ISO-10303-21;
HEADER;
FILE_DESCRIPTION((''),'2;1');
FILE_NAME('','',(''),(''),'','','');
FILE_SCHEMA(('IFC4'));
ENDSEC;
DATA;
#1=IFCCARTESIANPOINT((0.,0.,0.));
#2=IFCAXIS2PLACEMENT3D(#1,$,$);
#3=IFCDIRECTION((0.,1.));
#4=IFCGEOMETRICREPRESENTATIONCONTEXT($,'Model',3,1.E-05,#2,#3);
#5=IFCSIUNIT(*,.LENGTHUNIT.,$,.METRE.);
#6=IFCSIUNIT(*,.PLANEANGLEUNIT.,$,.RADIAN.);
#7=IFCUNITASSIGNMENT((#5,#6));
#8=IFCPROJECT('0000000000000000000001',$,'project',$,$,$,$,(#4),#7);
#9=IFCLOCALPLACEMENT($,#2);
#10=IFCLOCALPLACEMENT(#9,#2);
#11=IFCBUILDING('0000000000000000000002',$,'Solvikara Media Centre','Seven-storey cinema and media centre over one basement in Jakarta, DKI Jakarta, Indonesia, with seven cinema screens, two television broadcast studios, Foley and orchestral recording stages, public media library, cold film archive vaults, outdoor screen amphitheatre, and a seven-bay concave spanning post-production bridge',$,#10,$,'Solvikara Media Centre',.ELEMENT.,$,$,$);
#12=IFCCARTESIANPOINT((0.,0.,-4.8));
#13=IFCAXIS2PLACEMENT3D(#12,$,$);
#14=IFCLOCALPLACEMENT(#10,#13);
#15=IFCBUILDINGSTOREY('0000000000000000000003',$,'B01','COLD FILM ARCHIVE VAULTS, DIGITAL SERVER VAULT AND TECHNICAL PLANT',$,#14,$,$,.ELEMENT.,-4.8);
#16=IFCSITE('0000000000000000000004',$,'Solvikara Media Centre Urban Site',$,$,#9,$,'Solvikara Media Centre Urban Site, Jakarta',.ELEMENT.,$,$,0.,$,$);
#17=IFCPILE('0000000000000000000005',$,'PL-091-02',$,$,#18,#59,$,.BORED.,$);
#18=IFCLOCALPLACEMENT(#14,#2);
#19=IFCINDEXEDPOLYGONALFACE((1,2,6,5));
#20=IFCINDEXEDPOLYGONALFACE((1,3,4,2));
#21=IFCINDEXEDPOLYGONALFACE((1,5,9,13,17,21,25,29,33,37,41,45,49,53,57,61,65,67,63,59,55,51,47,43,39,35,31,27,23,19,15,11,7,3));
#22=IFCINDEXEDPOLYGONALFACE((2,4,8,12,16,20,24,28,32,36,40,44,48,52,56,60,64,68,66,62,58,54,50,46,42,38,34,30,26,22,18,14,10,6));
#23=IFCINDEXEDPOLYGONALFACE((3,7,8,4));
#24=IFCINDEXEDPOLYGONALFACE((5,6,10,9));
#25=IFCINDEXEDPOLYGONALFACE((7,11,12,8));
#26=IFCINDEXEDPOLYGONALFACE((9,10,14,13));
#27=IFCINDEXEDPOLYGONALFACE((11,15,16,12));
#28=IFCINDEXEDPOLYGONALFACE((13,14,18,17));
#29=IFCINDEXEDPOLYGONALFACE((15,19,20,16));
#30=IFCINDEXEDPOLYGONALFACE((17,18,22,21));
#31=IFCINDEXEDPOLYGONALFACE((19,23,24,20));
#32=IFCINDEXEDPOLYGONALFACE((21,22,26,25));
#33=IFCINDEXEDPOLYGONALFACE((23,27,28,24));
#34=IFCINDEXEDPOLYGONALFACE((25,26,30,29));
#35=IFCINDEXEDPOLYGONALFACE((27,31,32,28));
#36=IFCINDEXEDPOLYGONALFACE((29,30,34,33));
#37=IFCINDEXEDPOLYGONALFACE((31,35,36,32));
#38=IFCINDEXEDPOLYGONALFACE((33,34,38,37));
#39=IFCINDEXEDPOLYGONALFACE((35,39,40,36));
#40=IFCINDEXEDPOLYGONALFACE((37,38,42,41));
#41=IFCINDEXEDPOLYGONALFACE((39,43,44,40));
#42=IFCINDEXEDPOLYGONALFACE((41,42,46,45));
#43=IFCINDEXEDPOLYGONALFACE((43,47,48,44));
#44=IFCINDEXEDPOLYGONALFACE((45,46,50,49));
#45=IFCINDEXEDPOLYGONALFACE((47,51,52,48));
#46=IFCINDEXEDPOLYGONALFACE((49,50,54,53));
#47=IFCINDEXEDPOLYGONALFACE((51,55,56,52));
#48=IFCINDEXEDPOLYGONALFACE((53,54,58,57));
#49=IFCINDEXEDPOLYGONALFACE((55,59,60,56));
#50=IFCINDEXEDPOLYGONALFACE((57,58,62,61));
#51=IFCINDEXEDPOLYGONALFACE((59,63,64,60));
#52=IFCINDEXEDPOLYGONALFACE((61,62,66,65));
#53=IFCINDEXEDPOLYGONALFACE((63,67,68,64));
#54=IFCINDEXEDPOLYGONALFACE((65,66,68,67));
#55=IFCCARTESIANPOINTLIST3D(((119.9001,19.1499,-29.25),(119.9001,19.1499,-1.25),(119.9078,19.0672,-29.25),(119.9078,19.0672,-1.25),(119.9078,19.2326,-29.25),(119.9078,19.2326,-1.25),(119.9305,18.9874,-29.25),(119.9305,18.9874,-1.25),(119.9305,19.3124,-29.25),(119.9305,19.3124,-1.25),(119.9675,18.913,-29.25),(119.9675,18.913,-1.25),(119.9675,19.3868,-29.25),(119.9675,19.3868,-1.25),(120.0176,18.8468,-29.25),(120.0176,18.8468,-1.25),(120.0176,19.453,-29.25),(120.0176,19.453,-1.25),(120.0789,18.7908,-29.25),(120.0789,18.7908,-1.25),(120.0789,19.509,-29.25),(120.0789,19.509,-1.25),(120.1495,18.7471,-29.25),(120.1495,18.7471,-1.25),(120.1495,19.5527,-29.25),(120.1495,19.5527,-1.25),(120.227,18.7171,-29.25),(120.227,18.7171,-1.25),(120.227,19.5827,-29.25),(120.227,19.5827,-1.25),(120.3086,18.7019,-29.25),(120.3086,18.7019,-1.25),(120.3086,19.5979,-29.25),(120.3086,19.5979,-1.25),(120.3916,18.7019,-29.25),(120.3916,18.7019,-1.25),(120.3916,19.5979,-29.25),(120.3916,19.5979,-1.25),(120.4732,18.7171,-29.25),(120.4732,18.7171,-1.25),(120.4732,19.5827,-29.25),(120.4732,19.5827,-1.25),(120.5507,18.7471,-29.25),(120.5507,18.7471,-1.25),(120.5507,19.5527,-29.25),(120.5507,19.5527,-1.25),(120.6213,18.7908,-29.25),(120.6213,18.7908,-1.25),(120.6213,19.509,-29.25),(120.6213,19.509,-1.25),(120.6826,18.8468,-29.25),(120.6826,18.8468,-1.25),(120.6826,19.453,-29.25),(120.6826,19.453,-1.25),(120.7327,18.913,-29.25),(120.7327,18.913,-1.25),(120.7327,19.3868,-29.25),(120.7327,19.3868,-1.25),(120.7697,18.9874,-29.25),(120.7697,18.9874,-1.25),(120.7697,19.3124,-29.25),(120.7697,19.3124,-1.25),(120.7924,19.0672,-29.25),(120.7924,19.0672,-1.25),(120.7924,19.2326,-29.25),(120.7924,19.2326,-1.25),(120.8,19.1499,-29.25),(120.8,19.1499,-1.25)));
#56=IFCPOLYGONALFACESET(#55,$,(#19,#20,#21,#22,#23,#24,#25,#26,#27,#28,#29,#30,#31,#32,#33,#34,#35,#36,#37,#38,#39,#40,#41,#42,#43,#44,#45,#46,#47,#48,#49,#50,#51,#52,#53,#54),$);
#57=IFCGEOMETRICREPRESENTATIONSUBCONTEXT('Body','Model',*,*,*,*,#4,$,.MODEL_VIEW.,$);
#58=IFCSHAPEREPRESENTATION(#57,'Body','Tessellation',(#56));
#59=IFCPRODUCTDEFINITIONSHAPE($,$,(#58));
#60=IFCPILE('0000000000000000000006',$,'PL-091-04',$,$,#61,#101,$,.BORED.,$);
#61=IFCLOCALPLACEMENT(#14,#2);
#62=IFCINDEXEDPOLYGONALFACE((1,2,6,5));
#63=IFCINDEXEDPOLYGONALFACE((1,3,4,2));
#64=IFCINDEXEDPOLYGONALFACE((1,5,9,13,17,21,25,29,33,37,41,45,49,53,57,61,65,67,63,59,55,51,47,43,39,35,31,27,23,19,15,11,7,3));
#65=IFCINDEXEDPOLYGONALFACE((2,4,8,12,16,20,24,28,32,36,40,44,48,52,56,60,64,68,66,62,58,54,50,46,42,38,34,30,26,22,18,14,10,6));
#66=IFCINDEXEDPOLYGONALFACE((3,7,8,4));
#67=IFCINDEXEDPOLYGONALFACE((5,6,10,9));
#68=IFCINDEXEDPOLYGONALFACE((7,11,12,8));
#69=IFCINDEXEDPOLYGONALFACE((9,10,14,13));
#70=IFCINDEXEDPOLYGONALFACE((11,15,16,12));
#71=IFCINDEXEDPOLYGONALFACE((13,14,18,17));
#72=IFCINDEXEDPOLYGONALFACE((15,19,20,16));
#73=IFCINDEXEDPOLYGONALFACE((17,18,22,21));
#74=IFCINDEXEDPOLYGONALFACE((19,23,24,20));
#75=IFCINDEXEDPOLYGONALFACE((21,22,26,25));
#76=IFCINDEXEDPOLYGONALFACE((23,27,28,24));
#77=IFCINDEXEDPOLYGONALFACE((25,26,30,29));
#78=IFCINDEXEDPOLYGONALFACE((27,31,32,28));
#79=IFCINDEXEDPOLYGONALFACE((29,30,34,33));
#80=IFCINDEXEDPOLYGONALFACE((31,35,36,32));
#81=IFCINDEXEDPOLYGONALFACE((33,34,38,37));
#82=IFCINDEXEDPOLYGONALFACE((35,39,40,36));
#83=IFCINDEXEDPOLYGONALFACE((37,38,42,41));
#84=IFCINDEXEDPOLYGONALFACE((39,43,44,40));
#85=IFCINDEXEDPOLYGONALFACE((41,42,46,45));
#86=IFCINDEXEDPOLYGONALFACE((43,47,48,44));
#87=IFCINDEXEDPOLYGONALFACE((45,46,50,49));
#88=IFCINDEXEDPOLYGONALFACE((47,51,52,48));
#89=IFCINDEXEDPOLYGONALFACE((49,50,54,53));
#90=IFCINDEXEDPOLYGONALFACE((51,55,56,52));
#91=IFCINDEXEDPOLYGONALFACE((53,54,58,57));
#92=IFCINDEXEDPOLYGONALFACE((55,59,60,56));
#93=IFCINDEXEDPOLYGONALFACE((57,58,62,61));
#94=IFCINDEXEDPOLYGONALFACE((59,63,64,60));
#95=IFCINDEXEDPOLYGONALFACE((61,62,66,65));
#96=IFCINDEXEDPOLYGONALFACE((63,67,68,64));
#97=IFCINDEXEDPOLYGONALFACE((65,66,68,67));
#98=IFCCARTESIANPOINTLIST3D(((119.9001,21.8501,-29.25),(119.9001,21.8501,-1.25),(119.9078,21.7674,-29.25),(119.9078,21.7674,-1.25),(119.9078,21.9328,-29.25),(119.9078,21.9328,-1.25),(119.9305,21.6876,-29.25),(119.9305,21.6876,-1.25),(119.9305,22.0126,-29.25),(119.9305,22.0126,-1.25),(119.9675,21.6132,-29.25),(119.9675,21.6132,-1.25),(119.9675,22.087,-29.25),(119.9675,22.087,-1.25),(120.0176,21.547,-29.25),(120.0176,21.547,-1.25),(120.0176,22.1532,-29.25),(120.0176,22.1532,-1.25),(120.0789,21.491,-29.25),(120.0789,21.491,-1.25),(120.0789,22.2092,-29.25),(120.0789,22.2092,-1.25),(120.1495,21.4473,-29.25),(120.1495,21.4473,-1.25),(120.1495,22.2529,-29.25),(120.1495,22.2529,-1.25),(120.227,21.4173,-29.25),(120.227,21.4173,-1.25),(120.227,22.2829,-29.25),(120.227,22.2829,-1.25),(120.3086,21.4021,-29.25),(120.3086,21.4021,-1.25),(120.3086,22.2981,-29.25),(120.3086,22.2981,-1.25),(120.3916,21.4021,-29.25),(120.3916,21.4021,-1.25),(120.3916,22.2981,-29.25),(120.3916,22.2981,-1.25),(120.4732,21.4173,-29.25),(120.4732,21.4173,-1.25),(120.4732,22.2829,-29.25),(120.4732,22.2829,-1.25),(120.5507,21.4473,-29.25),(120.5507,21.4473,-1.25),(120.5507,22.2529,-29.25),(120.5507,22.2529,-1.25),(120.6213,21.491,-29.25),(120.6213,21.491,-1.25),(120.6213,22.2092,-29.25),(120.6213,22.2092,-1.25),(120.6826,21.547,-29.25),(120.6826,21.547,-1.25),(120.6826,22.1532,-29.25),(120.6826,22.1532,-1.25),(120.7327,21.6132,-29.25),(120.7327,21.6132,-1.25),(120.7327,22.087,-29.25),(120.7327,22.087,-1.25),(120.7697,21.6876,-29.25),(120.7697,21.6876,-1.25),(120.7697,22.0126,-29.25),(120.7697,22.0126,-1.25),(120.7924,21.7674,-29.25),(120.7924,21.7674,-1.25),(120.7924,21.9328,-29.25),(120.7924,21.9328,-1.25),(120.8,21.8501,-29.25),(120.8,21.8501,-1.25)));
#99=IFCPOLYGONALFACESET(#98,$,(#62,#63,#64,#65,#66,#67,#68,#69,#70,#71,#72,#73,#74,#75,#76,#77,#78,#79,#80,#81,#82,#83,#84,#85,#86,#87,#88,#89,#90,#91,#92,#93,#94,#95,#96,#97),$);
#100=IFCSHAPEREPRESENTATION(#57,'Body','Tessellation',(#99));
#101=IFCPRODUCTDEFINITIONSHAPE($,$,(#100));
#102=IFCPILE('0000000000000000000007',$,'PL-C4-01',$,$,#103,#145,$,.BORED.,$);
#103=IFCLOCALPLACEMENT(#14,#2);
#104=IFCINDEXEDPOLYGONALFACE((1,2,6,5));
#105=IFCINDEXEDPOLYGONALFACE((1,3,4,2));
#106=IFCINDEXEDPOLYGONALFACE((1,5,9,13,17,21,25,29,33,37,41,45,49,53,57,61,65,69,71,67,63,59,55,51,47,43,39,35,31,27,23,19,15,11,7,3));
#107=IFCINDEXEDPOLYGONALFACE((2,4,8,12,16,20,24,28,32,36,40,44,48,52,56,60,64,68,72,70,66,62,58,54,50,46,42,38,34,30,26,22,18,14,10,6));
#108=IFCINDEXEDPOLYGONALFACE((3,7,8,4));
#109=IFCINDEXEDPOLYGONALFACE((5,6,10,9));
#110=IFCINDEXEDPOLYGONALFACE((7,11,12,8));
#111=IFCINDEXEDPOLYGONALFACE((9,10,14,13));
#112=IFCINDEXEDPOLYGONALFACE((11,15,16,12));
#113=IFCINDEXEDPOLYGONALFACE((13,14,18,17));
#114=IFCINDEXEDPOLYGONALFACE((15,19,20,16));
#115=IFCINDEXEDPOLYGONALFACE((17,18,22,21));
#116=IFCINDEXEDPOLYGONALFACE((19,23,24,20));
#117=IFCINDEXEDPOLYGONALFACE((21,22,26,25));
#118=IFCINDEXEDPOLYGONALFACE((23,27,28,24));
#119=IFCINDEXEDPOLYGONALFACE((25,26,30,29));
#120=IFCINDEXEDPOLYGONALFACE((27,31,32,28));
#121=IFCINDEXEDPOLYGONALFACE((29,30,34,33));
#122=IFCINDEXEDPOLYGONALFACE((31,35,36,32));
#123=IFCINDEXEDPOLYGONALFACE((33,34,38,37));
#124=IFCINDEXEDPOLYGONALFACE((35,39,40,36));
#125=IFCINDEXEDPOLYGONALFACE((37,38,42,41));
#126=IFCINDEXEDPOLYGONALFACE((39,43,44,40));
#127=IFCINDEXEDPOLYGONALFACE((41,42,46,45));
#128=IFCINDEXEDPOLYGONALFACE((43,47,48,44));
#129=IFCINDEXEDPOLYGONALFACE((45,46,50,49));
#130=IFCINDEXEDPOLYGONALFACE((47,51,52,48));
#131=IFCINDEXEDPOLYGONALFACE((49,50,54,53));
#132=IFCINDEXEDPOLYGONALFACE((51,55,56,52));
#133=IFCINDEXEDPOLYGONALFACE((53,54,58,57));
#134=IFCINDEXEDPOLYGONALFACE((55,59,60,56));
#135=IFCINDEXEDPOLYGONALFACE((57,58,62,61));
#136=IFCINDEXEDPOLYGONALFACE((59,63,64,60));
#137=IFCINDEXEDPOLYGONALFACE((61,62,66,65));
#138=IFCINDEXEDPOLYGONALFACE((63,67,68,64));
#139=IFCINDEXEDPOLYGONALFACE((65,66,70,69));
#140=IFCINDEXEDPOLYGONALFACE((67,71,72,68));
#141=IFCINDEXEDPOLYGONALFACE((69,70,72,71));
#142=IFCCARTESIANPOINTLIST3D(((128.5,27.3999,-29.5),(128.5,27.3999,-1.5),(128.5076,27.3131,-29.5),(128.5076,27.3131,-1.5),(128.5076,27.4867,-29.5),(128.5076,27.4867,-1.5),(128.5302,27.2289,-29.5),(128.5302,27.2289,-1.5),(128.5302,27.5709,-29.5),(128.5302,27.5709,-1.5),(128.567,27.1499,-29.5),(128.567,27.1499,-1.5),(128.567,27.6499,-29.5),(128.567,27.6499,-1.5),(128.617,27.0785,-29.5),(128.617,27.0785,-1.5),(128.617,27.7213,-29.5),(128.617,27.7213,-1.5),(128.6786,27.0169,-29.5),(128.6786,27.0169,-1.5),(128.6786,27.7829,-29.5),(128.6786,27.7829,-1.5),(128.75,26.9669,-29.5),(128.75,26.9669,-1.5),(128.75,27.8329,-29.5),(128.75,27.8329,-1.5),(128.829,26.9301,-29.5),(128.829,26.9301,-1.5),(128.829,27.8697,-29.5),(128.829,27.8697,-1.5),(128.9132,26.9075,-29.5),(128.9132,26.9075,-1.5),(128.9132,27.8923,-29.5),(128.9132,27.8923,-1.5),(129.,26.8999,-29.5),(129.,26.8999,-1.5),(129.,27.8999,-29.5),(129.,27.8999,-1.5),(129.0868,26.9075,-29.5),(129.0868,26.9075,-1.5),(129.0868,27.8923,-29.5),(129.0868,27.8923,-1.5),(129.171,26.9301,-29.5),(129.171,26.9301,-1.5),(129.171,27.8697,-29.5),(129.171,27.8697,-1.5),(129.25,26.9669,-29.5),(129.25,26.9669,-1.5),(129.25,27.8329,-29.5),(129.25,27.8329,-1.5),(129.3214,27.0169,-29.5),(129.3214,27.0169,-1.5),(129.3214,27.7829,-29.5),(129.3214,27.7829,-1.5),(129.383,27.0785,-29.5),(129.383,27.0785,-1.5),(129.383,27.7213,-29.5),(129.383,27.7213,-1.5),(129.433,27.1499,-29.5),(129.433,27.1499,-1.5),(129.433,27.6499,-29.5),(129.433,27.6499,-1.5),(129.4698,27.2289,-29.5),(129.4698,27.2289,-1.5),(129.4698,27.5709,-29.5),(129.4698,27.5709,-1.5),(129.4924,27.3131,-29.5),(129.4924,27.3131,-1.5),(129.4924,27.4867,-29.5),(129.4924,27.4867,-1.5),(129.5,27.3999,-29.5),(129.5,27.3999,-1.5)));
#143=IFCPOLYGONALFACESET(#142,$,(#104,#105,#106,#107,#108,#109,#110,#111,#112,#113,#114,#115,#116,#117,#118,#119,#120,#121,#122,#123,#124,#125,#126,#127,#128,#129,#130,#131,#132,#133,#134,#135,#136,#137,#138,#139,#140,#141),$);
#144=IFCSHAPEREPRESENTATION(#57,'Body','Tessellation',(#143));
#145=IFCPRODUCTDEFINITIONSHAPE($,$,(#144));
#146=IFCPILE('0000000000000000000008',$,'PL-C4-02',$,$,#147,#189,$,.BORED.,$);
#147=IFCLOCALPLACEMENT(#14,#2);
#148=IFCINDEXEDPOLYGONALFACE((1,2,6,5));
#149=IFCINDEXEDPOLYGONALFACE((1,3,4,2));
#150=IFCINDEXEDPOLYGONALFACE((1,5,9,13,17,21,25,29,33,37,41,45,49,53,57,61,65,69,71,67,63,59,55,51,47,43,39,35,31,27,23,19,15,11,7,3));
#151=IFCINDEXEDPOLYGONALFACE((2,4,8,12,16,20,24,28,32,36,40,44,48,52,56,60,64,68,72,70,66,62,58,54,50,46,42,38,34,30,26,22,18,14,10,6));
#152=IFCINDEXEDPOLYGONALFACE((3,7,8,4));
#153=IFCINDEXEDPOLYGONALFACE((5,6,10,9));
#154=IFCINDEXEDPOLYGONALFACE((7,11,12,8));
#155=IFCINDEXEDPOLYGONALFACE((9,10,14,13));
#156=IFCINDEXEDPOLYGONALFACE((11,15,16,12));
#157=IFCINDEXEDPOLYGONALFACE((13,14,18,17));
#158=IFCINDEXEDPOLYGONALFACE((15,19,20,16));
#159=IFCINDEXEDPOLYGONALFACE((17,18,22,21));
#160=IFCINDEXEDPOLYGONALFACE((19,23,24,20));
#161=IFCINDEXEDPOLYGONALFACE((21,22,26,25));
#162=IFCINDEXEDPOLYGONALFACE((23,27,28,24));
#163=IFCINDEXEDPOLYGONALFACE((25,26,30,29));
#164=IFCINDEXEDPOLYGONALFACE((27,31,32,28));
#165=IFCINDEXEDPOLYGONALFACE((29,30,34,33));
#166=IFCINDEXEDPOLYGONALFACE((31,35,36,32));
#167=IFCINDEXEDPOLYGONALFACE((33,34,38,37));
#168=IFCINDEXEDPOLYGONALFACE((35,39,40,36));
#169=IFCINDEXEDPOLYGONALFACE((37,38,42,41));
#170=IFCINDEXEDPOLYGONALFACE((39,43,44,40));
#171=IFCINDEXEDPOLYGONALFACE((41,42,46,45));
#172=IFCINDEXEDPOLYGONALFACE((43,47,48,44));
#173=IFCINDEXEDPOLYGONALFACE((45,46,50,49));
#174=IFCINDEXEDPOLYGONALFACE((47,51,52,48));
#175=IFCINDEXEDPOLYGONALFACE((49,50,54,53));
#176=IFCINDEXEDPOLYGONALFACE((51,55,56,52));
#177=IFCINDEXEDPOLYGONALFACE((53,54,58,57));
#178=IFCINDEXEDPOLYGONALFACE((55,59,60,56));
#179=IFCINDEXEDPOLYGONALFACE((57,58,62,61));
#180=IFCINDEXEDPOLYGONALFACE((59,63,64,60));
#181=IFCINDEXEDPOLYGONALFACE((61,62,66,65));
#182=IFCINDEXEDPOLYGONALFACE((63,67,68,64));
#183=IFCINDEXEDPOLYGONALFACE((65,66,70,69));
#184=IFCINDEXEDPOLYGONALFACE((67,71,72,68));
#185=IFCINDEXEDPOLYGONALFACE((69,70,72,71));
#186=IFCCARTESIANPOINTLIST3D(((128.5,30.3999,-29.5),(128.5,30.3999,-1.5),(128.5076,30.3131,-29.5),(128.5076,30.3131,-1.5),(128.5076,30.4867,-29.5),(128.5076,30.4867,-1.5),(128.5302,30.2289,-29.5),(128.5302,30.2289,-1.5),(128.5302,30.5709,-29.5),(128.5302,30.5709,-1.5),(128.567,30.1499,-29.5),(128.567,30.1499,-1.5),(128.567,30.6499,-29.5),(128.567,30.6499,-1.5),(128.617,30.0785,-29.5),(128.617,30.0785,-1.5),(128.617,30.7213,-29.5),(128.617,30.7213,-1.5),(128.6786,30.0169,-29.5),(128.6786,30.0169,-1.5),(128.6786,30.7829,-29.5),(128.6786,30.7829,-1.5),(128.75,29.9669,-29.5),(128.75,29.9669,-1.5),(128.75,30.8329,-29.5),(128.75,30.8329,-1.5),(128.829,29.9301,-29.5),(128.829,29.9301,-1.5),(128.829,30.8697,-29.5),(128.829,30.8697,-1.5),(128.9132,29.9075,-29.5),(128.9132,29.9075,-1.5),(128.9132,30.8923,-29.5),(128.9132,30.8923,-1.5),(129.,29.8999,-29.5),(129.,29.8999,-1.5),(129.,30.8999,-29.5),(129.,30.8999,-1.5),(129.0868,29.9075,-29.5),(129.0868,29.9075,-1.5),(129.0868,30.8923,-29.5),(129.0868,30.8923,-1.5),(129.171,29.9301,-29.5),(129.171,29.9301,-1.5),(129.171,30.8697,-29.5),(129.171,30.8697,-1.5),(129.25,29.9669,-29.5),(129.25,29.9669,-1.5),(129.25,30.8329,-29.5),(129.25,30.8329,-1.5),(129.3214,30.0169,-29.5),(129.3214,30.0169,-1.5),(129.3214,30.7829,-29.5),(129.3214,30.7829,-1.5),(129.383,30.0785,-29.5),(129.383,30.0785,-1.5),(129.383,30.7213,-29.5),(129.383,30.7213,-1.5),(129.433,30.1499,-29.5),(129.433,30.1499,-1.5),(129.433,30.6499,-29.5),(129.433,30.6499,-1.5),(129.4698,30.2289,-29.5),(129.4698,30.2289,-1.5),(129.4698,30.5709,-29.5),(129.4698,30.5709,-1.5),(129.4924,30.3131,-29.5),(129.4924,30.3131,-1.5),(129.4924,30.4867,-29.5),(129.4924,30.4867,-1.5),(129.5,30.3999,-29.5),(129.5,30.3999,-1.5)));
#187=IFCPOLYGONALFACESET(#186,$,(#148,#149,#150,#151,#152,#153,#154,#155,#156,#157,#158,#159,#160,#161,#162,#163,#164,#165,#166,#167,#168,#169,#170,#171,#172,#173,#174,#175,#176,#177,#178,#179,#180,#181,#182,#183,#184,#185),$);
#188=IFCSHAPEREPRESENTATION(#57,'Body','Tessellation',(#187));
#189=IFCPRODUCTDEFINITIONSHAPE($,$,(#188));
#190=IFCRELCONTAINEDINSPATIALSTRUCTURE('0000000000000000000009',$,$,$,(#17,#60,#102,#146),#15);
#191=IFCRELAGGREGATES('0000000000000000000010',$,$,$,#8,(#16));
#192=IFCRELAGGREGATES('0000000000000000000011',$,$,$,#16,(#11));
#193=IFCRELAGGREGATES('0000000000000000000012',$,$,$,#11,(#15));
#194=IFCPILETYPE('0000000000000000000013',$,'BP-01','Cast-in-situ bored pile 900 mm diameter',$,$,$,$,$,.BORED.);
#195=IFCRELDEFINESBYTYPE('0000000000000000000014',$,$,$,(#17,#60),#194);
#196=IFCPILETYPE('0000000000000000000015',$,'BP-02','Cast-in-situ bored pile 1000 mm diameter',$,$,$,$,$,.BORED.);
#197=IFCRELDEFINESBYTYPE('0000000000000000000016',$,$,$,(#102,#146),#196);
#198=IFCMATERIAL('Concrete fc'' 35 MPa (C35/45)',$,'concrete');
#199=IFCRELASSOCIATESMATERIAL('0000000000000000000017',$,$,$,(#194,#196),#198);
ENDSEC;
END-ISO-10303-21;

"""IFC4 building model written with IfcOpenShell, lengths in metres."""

from ifc_helpers import new_model, si_unit, direction, frame, origin, origin_2d, place, context, subcontext, project, spatial, circle, extrude, material, material_profile, profile_set, type_object, element, save


model = new_model("IFC4")

# Units and contexts
model_context = context("Model", 3, precision=1e-05, world=origin(), true_north=direction((0.0, 1.0)))
body_context = subcontext(model_context, "Body", "Model", "MODEL_VIEW")
ifc_project = project(units=[si_unit("LENGTHUNIT", "METRE"), si_unit("PLANEANGLEUNIT", "RADIAN")], contexts=[model_context])

# Site, building, storey
site_placement = place(None, origin())
site = spatial("IfcSite", under=ifc_project, at=site_placement, Name="Solvikara Media Centre Urban Site", LongName="Solvikara Media Centre Urban Site, Jakarta", CompositionType="ELEMENT", RefElevation=0.0)
building_placement = place(site_placement, origin())
building = spatial("IfcBuilding", under=site, at=building_placement, Name="Solvikara Media Centre", Description="Seven-storey cinema and media centre over one basement in Jakarta, DKI Jakarta, Indonesia, with seven cinema screens, two television broadcast studios, Foley and orchestral recording stages, public media library, cold film archive vaults, outdoor screen amphitheatre, and a seven-bay concave spanning post-production bridge", LongName="Solvikara Media Centre", CompositionType="ELEMENT")
storey_placement = place(building_placement, frame((0.0, 0.0, -4.8)))
storey = spatial("IfcBuildingStorey", under=building, at=storey_placement, Name="B01", Description="COLD FILM ARCHIVE VAULTS, DIGITAL SERVER VAULT AND TECHNICAL PLANT", CompositionType="ELEMENT", Elevation=-4.8)

# Piles
ifc_material_1 = material(Name="Concrete fc' 35 MPa (C35/45)", Category="concrete")
ifc_material_profile_1 = material_profile(ifc_material_1, circle(Radius=0.45, at=origin_2d()), Name="BORED PILE D900")
ifc_profile_set_1 = profile_set([ifc_material_profile_1], Name="Concrete fc' 35 MPa (C35/45)")
pile_type_1 = type_object("IfcPileType", Name="BP-01", Description="Cast-in-situ bored pile 900 mm diameter", PredefinedType="BORED", material=ifc_profile_set_1)
for number, where, z_axis, x_axis, name in (
    (1, (120.3501, 19.1499, -1.25), (0.0, 0.0, -1.0), (1.0, 0.0, 0.0), "PL-091-02"),
    (2, (120.3501, 21.8501, -1.25), (0.0, 0.0, -1.0), (1.0, 0.0, 0.0), "PL-091-04"),
):
    element("IfcPile", number, at=place(storey_placement, frame(where, z_axis=z_axis, x_axis=x_axis)), inside=storey, type_object=pile_type_1, Name=name, PredefinedType="BORED", context=body_context, shape_type="SweptSolid", body=[
        extrude(circle(Radius=0.45, at=origin_2d()), origin(), (0.0, 0.0, 1.0), 28.0),
    ])
ifc_material_profile_2 = material_profile(ifc_material_1, circle(Radius=0.5, at=origin_2d()), Name="BORED PILE D1000")
ifc_profile_set_2 = profile_set([ifc_material_profile_2], Name="Concrete fc' 35 MPa (C35/45)")
pile_type_2 = type_object("IfcPileType", Name="BP-02", Description="Cast-in-situ bored pile 1000 mm diameter", PredefinedType="BORED", material=ifc_profile_set_2)
for number, where, z_axis, x_axis, name in (
    (3, (129.0, 27.3999, -1.5), (0.0, 0.0, -1.0), (1.0, 0.0, 0.0), "PL-C4-01"),
    (4, (129.0, 30.3999, -1.5), (0.0, 0.0, -1.0), (1.0, 0.0, 0.0), "PL-C4-02"),
):
    element("IfcPile", number, at=place(storey_placement, frame(where, z_axis=z_axis, x_axis=x_axis)), inside=storey, type_object=pile_type_2, Name=name, PredefinedType="BORED", context=body_context, shape_type="SweptSolid", body=[
        extrude(circle(Radius=0.5, at=origin_2d()), origin(), (0.0, 0.0, 1.0), 28.0),
    ])

save(model, "model.ifc")
